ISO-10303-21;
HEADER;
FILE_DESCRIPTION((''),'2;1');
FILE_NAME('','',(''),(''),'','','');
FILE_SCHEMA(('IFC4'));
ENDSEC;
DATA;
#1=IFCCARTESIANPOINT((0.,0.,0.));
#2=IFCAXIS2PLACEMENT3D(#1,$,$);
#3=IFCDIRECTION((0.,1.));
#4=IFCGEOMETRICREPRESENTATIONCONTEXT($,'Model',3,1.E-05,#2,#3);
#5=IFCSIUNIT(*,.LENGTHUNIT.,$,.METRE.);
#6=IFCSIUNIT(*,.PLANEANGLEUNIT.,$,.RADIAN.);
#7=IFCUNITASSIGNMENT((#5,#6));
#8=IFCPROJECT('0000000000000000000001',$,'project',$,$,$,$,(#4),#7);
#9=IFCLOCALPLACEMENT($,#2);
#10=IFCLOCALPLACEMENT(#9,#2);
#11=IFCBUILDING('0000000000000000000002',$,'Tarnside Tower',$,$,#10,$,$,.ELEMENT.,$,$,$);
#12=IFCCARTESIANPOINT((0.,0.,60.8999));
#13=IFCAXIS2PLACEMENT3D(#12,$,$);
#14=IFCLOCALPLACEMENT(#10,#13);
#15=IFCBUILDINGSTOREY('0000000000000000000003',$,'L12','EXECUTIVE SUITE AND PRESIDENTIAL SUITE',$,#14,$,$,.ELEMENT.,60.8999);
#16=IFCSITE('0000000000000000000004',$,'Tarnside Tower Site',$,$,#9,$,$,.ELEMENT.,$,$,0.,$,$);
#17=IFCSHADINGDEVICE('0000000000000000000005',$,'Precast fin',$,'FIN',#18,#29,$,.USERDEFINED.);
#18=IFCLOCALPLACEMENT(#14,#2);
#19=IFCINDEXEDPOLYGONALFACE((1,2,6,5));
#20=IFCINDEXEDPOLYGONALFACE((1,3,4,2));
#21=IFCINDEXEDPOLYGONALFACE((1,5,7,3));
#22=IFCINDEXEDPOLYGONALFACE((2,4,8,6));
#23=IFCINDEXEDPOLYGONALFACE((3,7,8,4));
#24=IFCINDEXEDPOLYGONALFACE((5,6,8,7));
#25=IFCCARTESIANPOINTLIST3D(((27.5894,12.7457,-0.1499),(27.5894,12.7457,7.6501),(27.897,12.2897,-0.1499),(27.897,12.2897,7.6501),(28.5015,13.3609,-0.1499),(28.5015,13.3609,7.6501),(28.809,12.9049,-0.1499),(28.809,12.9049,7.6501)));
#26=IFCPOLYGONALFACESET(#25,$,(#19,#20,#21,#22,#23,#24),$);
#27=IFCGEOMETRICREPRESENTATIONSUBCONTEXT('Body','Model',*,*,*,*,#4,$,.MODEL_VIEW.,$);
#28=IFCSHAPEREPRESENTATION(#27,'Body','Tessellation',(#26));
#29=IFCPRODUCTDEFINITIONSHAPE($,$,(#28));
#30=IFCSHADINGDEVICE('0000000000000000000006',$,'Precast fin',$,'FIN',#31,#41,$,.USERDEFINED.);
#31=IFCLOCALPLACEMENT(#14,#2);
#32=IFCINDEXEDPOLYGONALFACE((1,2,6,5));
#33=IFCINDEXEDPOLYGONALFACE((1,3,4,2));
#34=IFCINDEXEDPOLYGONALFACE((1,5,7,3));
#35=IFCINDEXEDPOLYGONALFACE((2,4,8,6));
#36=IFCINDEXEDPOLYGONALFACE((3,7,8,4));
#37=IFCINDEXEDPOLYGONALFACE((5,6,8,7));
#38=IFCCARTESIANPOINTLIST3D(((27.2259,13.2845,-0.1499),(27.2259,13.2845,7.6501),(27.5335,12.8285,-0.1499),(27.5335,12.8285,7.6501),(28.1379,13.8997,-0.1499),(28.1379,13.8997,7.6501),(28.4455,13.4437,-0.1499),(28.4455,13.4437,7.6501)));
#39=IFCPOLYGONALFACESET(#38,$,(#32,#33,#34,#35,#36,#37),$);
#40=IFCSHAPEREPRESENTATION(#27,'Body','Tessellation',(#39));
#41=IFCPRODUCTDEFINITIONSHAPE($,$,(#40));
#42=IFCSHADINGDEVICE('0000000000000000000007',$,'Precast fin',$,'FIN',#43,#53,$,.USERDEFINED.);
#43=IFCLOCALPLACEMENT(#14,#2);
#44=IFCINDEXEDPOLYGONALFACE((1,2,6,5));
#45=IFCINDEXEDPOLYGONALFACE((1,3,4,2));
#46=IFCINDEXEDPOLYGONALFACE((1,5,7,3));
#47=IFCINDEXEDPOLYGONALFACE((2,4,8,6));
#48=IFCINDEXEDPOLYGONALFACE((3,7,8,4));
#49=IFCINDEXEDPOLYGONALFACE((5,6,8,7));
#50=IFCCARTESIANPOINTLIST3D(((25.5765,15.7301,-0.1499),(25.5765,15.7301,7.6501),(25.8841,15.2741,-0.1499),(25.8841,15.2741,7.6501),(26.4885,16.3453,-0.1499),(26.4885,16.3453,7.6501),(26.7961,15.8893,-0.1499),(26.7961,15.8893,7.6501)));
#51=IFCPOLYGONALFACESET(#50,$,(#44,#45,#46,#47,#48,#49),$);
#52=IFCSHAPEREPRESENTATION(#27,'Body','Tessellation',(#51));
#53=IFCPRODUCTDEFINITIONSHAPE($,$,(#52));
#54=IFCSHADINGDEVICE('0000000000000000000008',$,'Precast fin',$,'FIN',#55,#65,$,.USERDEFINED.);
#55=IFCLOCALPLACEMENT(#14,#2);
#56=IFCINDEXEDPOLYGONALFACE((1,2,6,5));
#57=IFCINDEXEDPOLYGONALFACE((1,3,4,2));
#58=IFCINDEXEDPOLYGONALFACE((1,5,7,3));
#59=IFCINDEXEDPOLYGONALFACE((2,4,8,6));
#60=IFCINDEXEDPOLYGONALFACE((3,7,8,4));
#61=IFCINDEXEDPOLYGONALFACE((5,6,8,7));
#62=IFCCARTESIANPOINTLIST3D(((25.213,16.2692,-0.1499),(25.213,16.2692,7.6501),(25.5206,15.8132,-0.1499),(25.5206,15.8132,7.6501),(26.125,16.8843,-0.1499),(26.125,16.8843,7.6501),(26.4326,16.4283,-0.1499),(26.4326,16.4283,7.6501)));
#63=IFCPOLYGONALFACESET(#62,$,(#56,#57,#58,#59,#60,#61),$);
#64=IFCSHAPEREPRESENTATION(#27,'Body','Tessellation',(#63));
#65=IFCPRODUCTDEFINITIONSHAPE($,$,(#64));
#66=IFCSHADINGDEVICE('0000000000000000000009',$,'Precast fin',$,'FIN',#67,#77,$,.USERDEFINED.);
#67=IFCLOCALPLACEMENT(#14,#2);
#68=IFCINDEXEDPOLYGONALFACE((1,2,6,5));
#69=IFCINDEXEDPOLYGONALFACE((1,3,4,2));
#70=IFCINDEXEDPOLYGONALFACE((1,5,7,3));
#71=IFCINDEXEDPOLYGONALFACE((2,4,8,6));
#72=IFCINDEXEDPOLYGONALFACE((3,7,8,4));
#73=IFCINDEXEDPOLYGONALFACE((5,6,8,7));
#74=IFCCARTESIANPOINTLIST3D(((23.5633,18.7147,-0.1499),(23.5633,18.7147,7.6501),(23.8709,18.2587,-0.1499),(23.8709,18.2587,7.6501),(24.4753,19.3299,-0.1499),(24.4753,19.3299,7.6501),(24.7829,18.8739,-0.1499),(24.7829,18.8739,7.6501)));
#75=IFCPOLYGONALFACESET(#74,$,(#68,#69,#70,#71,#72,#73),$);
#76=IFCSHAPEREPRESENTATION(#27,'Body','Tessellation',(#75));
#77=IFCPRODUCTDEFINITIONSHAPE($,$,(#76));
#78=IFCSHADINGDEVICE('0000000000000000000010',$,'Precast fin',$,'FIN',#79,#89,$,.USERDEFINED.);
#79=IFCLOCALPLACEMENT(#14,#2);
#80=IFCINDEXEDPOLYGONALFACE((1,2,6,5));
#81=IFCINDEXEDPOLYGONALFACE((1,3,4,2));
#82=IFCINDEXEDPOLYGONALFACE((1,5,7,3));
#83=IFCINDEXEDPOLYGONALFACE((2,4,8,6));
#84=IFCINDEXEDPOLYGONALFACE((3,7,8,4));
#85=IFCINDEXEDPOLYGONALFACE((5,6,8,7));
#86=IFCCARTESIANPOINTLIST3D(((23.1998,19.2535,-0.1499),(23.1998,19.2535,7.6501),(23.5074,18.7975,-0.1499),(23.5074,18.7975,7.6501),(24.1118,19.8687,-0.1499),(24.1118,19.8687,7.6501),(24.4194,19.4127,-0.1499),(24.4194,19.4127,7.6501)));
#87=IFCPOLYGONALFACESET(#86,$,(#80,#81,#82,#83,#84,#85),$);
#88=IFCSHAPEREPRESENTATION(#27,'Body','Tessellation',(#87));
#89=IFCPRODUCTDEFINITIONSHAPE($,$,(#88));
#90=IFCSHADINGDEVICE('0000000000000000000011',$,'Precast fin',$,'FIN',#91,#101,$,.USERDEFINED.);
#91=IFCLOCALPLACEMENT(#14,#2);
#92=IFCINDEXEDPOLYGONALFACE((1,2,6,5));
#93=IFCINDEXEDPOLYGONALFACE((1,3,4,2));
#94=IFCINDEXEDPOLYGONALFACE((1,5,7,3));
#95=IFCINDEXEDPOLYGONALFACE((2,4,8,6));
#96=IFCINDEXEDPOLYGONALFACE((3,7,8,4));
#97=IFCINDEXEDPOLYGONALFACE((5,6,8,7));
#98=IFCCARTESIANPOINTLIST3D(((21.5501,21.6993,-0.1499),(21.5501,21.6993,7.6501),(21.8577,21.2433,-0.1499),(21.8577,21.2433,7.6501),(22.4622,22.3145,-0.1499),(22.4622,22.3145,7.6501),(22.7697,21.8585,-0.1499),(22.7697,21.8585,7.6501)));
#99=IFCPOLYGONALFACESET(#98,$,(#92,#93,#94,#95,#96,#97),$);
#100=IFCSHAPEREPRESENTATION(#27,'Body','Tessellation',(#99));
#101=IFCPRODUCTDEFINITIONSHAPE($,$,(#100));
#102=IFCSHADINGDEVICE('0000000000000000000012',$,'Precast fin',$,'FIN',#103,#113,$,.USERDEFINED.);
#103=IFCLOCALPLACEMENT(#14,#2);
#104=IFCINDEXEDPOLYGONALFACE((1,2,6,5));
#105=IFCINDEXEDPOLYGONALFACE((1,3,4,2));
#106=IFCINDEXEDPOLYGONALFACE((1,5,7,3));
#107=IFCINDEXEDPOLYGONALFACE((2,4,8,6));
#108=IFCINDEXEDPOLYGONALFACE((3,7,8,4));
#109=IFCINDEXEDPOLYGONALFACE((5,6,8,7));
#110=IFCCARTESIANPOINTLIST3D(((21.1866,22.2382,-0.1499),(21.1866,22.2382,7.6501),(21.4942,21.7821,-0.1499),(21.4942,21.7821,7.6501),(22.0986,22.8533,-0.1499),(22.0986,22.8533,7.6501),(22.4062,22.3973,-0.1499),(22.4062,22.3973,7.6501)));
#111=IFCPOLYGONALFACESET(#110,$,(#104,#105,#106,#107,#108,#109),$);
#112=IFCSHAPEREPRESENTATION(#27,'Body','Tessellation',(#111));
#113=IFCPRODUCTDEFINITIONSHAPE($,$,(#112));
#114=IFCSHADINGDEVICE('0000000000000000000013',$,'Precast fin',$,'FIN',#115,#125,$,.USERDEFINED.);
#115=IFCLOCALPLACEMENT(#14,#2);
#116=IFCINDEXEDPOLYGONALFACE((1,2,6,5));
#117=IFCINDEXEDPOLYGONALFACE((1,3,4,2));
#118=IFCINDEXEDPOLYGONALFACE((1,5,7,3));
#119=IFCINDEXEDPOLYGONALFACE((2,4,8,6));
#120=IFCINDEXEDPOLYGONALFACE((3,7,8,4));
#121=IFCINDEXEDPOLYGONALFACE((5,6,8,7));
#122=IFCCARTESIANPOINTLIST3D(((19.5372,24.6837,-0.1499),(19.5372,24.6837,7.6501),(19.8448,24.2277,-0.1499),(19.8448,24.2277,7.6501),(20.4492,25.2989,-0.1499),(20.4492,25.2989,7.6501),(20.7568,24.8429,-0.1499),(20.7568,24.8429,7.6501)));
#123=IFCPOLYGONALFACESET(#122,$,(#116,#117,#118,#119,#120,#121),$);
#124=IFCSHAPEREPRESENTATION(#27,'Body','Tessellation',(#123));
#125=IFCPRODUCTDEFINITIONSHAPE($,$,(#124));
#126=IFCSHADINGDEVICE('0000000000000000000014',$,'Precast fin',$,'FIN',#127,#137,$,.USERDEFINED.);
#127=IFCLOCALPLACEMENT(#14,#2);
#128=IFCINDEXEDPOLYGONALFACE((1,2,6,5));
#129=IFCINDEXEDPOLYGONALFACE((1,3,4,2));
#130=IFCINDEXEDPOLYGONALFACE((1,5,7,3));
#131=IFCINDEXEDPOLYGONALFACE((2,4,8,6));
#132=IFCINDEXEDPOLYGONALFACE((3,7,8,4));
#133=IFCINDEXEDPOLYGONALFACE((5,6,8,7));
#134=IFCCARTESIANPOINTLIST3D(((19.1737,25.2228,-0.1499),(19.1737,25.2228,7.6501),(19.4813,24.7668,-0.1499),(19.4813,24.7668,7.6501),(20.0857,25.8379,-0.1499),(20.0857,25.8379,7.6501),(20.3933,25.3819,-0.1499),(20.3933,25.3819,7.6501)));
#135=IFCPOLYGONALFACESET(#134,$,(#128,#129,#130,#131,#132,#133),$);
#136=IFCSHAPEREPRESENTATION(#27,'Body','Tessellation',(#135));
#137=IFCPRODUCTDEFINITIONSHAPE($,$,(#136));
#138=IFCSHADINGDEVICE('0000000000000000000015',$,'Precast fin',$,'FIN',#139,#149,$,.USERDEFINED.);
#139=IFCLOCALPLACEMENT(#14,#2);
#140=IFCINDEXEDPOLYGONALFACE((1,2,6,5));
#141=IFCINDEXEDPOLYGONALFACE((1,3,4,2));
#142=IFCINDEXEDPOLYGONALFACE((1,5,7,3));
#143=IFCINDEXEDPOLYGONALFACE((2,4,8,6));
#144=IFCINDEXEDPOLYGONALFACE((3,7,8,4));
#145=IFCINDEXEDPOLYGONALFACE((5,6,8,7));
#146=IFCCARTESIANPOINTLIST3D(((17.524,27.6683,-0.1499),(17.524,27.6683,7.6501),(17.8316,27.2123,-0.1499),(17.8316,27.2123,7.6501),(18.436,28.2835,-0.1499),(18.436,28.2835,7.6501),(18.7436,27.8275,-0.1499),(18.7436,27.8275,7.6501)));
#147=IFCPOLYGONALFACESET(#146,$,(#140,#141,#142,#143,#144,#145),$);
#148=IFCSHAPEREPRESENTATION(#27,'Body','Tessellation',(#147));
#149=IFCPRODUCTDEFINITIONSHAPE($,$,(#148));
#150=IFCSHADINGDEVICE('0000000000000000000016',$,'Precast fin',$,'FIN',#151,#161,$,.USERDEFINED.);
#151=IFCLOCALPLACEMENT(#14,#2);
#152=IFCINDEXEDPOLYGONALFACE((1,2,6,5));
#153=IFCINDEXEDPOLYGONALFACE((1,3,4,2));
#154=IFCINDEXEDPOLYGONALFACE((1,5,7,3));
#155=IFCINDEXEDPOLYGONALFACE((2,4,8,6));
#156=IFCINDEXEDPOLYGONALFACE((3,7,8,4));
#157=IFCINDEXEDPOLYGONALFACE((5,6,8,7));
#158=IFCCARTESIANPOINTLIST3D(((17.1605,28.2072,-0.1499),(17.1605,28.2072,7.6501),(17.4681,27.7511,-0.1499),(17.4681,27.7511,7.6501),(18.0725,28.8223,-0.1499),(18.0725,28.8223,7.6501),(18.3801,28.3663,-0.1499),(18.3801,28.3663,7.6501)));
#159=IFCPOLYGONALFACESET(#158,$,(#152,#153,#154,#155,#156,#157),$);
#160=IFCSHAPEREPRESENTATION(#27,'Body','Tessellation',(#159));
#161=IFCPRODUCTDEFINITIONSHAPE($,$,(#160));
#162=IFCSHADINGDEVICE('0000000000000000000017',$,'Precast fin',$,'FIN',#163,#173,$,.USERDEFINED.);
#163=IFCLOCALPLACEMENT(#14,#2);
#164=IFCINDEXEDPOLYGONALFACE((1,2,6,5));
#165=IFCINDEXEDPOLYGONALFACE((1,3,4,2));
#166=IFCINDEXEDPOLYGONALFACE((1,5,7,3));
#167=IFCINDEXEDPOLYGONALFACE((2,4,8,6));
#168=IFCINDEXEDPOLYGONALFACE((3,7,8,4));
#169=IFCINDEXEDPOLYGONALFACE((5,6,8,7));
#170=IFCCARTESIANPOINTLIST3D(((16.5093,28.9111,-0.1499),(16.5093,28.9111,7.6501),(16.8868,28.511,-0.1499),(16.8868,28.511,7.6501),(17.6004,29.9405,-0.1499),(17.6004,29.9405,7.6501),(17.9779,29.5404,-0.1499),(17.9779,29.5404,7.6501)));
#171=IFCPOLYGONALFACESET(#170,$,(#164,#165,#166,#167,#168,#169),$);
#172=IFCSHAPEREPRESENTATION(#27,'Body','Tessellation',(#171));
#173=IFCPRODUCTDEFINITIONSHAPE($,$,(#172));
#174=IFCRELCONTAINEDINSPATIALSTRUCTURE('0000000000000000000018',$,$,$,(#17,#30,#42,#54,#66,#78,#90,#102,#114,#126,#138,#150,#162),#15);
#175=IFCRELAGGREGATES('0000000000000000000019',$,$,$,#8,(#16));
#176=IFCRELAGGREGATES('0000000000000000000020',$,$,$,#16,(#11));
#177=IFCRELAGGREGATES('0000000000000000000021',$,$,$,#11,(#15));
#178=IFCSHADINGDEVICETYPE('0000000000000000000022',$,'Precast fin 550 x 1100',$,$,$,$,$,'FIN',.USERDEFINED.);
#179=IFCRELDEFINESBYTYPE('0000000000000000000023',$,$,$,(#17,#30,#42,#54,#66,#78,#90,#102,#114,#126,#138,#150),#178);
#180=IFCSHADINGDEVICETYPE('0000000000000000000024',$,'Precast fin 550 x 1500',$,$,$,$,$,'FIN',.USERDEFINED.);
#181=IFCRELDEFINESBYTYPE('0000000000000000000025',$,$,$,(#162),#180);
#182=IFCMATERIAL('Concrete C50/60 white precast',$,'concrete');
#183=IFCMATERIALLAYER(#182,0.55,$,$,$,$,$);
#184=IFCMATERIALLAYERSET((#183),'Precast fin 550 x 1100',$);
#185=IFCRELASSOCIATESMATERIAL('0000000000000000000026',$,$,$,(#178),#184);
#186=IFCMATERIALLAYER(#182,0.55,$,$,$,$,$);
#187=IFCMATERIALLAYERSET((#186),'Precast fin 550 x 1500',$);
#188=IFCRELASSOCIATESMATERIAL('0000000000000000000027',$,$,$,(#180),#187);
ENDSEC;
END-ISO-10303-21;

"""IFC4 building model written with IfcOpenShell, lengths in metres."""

from ifc_helpers import new_model, si_unit, direction, frame, origin, place, context, subcontext, project, spatial, polyline, outline, extrude, material, layer, layer_set, type_object, element, save


model = new_model("IFC4")

# Units and contexts
model_context = context("Model", 3, precision=1e-05, world=origin(), true_north=direction((0.0, 1.0)))
body_context = subcontext(model_context, "Body", "Model", "MODEL_VIEW")
ifc_project = project(units=[si_unit("LENGTHUNIT", "METRE"), si_unit("PLANEANGLEUNIT", "RADIAN")], contexts=[model_context])

# Site, building, storey
site_placement = place(None, origin())
site = spatial("IfcSite", under=ifc_project, at=site_placement, Name="Tarnside Tower Site", CompositionType="ELEMENT", RefElevation=0.0)
building_placement = place(site_placement, origin())
building = spatial("IfcBuilding", under=site, at=building_placement, Name="Tarnside Tower", CompositionType="ELEMENT")
storey_placement = place(building_placement, frame((0.0, 0.0, 60.8999)))
storey = spatial("IfcBuildingStorey", under=building, at=storey_placement, Name="L12", Description="EXECUTIVE SUITE AND PRESIDENTIAL SUITE", CompositionType="ELEMENT", Elevation=60.8999)

# Shading devices
ifc_material_1 = material(Name="Concrete C50/60 white precast", Category="concrete")
ifc_layer_1 = layer(ifc_material_1, 0.55)
ifc_layer_set_1 = layer_set([ifc_layer_1], Name="Precast fin 550 x 1100")
shading_device_type_1 = type_object("IfcShadingDeviceType", Name="Precast fin 550 x 1100", ElementType="FIN", PredefinedType="USERDEFINED", material=ifc_layer_set_1)
for number, where, z_axis, x_axis, name in (
    (1, (27.7432, 12.5178, -0.1499), (0.559193, -0.829038, 0.0), (0.829038, 0.559193, 0.0), "Precast fin"),
    (2, (27.3796, 13.0566, -0.1499), (0.559193, -0.829038, 0.0), (0.829038, 0.559193, 0.0), "Precast fin"),
    (3, (25.7302, 15.5022, -0.1499), (0.559193, -0.829038, 0.0), (0.829038, 0.559193, 0.0), "Precast fin"),
    (4, (25.3667, 16.0413, -0.1499), (0.559193, -0.829038, 0.0), (0.829038, 0.559193, 0.0), "Precast fin"),
    (5, (23.717, 18.4868, -0.1499), (0.559193, -0.829038, 0.0), (0.829038, 0.559193, 0.0), "Precast fin"),
    (6, (23.3535, 19.0256, -0.1499), (0.559193, -0.829038, 0.0), (0.829038, 0.559193, 0.0), "Precast fin"),
    (7, (21.7039, 21.4714, -0.1499), (0.559193, -0.829038, 0.0), (0.829038, 0.559193, 0.0), "Precast fin"),
    (8, (21.3403, 22.0103, -0.1499), (0.559193, -0.829038, 0.0), (0.829038, 0.559193, 0.0), "Precast fin"),
    (9, (19.6909, 24.4558, -0.1499), (0.559193, -0.829038, 0.0), (0.829038, 0.559193, 0.0), "Precast fin"),
    (10, (19.3274, 24.9949, -0.1499), (0.559193, -0.829038, 0.0), (0.829038, 0.559193, 0.0), "Precast fin"),
    (11, (17.6777, 27.4404, -0.1499), (0.559193, -0.829038, 0.0), (0.829038, 0.559193, 0.0), "Precast fin"),
    (12, (17.3142, 27.9792, -0.1499), (0.559193, -0.829038, 0.0), (0.829038, 0.559193, 0.0), "Precast fin"),
):
    element("IfcShadingDevice", number, at=place(storey_placement, frame(where, z_axis=z_axis, x_axis=x_axis)), inside=storey, type_object=shading_device_type_1, Name=name, ObjectType="FIN", PredefinedType="USERDEFINED", context=body_context, shape_type="SweptSolid", body=[
        extrude(outline(polyline([(0.0, 0.0), (1.1001, 0.0), (1.1001, 7.8), (0.0, 7.8), (0.0, 0.0)])), frame((0.0, 0.0, -0.2749)), (0.0, 0.0, 1.0), 0.55),
    ])
ifc_layer_2 = layer(ifc_material_1, 0.55)
ifc_layer_set_2 = layer_set([ifc_layer_2], Name="Precast fin 550 x 1500")
shading_device_type_2 = type_object("IfcShadingDeviceType", Name="Precast fin 550 x 1500", ElementType="FIN", PredefinedType="USERDEFINED", material=ifc_layer_set_2)
shading_device_placement = place(storey_placement, frame((16.698, 28.7112, -0.1499), z_axis=(0.686242, -0.727374, 0.0), x_axis=(0.727374, 0.686242, 0.0)))
element("IfcShadingDevice", 13, at=shading_device_placement, inside=storey, type_object=shading_device_type_2, Name="Precast fin", ObjectType="FIN", PredefinedType="USERDEFINED", context=body_context, shape_type="SweptSolid", body=[
    extrude(outline(polyline([(0.0, 0.0), (1.5, 0.0), (1.5, 7.8), (0.0, 7.8), (0.0, 0.0)])), frame((0.0, 0.0, -0.2749)), (0.0, 0.0, 1.0), 0.55),
])

save(model, "model.ifc")
